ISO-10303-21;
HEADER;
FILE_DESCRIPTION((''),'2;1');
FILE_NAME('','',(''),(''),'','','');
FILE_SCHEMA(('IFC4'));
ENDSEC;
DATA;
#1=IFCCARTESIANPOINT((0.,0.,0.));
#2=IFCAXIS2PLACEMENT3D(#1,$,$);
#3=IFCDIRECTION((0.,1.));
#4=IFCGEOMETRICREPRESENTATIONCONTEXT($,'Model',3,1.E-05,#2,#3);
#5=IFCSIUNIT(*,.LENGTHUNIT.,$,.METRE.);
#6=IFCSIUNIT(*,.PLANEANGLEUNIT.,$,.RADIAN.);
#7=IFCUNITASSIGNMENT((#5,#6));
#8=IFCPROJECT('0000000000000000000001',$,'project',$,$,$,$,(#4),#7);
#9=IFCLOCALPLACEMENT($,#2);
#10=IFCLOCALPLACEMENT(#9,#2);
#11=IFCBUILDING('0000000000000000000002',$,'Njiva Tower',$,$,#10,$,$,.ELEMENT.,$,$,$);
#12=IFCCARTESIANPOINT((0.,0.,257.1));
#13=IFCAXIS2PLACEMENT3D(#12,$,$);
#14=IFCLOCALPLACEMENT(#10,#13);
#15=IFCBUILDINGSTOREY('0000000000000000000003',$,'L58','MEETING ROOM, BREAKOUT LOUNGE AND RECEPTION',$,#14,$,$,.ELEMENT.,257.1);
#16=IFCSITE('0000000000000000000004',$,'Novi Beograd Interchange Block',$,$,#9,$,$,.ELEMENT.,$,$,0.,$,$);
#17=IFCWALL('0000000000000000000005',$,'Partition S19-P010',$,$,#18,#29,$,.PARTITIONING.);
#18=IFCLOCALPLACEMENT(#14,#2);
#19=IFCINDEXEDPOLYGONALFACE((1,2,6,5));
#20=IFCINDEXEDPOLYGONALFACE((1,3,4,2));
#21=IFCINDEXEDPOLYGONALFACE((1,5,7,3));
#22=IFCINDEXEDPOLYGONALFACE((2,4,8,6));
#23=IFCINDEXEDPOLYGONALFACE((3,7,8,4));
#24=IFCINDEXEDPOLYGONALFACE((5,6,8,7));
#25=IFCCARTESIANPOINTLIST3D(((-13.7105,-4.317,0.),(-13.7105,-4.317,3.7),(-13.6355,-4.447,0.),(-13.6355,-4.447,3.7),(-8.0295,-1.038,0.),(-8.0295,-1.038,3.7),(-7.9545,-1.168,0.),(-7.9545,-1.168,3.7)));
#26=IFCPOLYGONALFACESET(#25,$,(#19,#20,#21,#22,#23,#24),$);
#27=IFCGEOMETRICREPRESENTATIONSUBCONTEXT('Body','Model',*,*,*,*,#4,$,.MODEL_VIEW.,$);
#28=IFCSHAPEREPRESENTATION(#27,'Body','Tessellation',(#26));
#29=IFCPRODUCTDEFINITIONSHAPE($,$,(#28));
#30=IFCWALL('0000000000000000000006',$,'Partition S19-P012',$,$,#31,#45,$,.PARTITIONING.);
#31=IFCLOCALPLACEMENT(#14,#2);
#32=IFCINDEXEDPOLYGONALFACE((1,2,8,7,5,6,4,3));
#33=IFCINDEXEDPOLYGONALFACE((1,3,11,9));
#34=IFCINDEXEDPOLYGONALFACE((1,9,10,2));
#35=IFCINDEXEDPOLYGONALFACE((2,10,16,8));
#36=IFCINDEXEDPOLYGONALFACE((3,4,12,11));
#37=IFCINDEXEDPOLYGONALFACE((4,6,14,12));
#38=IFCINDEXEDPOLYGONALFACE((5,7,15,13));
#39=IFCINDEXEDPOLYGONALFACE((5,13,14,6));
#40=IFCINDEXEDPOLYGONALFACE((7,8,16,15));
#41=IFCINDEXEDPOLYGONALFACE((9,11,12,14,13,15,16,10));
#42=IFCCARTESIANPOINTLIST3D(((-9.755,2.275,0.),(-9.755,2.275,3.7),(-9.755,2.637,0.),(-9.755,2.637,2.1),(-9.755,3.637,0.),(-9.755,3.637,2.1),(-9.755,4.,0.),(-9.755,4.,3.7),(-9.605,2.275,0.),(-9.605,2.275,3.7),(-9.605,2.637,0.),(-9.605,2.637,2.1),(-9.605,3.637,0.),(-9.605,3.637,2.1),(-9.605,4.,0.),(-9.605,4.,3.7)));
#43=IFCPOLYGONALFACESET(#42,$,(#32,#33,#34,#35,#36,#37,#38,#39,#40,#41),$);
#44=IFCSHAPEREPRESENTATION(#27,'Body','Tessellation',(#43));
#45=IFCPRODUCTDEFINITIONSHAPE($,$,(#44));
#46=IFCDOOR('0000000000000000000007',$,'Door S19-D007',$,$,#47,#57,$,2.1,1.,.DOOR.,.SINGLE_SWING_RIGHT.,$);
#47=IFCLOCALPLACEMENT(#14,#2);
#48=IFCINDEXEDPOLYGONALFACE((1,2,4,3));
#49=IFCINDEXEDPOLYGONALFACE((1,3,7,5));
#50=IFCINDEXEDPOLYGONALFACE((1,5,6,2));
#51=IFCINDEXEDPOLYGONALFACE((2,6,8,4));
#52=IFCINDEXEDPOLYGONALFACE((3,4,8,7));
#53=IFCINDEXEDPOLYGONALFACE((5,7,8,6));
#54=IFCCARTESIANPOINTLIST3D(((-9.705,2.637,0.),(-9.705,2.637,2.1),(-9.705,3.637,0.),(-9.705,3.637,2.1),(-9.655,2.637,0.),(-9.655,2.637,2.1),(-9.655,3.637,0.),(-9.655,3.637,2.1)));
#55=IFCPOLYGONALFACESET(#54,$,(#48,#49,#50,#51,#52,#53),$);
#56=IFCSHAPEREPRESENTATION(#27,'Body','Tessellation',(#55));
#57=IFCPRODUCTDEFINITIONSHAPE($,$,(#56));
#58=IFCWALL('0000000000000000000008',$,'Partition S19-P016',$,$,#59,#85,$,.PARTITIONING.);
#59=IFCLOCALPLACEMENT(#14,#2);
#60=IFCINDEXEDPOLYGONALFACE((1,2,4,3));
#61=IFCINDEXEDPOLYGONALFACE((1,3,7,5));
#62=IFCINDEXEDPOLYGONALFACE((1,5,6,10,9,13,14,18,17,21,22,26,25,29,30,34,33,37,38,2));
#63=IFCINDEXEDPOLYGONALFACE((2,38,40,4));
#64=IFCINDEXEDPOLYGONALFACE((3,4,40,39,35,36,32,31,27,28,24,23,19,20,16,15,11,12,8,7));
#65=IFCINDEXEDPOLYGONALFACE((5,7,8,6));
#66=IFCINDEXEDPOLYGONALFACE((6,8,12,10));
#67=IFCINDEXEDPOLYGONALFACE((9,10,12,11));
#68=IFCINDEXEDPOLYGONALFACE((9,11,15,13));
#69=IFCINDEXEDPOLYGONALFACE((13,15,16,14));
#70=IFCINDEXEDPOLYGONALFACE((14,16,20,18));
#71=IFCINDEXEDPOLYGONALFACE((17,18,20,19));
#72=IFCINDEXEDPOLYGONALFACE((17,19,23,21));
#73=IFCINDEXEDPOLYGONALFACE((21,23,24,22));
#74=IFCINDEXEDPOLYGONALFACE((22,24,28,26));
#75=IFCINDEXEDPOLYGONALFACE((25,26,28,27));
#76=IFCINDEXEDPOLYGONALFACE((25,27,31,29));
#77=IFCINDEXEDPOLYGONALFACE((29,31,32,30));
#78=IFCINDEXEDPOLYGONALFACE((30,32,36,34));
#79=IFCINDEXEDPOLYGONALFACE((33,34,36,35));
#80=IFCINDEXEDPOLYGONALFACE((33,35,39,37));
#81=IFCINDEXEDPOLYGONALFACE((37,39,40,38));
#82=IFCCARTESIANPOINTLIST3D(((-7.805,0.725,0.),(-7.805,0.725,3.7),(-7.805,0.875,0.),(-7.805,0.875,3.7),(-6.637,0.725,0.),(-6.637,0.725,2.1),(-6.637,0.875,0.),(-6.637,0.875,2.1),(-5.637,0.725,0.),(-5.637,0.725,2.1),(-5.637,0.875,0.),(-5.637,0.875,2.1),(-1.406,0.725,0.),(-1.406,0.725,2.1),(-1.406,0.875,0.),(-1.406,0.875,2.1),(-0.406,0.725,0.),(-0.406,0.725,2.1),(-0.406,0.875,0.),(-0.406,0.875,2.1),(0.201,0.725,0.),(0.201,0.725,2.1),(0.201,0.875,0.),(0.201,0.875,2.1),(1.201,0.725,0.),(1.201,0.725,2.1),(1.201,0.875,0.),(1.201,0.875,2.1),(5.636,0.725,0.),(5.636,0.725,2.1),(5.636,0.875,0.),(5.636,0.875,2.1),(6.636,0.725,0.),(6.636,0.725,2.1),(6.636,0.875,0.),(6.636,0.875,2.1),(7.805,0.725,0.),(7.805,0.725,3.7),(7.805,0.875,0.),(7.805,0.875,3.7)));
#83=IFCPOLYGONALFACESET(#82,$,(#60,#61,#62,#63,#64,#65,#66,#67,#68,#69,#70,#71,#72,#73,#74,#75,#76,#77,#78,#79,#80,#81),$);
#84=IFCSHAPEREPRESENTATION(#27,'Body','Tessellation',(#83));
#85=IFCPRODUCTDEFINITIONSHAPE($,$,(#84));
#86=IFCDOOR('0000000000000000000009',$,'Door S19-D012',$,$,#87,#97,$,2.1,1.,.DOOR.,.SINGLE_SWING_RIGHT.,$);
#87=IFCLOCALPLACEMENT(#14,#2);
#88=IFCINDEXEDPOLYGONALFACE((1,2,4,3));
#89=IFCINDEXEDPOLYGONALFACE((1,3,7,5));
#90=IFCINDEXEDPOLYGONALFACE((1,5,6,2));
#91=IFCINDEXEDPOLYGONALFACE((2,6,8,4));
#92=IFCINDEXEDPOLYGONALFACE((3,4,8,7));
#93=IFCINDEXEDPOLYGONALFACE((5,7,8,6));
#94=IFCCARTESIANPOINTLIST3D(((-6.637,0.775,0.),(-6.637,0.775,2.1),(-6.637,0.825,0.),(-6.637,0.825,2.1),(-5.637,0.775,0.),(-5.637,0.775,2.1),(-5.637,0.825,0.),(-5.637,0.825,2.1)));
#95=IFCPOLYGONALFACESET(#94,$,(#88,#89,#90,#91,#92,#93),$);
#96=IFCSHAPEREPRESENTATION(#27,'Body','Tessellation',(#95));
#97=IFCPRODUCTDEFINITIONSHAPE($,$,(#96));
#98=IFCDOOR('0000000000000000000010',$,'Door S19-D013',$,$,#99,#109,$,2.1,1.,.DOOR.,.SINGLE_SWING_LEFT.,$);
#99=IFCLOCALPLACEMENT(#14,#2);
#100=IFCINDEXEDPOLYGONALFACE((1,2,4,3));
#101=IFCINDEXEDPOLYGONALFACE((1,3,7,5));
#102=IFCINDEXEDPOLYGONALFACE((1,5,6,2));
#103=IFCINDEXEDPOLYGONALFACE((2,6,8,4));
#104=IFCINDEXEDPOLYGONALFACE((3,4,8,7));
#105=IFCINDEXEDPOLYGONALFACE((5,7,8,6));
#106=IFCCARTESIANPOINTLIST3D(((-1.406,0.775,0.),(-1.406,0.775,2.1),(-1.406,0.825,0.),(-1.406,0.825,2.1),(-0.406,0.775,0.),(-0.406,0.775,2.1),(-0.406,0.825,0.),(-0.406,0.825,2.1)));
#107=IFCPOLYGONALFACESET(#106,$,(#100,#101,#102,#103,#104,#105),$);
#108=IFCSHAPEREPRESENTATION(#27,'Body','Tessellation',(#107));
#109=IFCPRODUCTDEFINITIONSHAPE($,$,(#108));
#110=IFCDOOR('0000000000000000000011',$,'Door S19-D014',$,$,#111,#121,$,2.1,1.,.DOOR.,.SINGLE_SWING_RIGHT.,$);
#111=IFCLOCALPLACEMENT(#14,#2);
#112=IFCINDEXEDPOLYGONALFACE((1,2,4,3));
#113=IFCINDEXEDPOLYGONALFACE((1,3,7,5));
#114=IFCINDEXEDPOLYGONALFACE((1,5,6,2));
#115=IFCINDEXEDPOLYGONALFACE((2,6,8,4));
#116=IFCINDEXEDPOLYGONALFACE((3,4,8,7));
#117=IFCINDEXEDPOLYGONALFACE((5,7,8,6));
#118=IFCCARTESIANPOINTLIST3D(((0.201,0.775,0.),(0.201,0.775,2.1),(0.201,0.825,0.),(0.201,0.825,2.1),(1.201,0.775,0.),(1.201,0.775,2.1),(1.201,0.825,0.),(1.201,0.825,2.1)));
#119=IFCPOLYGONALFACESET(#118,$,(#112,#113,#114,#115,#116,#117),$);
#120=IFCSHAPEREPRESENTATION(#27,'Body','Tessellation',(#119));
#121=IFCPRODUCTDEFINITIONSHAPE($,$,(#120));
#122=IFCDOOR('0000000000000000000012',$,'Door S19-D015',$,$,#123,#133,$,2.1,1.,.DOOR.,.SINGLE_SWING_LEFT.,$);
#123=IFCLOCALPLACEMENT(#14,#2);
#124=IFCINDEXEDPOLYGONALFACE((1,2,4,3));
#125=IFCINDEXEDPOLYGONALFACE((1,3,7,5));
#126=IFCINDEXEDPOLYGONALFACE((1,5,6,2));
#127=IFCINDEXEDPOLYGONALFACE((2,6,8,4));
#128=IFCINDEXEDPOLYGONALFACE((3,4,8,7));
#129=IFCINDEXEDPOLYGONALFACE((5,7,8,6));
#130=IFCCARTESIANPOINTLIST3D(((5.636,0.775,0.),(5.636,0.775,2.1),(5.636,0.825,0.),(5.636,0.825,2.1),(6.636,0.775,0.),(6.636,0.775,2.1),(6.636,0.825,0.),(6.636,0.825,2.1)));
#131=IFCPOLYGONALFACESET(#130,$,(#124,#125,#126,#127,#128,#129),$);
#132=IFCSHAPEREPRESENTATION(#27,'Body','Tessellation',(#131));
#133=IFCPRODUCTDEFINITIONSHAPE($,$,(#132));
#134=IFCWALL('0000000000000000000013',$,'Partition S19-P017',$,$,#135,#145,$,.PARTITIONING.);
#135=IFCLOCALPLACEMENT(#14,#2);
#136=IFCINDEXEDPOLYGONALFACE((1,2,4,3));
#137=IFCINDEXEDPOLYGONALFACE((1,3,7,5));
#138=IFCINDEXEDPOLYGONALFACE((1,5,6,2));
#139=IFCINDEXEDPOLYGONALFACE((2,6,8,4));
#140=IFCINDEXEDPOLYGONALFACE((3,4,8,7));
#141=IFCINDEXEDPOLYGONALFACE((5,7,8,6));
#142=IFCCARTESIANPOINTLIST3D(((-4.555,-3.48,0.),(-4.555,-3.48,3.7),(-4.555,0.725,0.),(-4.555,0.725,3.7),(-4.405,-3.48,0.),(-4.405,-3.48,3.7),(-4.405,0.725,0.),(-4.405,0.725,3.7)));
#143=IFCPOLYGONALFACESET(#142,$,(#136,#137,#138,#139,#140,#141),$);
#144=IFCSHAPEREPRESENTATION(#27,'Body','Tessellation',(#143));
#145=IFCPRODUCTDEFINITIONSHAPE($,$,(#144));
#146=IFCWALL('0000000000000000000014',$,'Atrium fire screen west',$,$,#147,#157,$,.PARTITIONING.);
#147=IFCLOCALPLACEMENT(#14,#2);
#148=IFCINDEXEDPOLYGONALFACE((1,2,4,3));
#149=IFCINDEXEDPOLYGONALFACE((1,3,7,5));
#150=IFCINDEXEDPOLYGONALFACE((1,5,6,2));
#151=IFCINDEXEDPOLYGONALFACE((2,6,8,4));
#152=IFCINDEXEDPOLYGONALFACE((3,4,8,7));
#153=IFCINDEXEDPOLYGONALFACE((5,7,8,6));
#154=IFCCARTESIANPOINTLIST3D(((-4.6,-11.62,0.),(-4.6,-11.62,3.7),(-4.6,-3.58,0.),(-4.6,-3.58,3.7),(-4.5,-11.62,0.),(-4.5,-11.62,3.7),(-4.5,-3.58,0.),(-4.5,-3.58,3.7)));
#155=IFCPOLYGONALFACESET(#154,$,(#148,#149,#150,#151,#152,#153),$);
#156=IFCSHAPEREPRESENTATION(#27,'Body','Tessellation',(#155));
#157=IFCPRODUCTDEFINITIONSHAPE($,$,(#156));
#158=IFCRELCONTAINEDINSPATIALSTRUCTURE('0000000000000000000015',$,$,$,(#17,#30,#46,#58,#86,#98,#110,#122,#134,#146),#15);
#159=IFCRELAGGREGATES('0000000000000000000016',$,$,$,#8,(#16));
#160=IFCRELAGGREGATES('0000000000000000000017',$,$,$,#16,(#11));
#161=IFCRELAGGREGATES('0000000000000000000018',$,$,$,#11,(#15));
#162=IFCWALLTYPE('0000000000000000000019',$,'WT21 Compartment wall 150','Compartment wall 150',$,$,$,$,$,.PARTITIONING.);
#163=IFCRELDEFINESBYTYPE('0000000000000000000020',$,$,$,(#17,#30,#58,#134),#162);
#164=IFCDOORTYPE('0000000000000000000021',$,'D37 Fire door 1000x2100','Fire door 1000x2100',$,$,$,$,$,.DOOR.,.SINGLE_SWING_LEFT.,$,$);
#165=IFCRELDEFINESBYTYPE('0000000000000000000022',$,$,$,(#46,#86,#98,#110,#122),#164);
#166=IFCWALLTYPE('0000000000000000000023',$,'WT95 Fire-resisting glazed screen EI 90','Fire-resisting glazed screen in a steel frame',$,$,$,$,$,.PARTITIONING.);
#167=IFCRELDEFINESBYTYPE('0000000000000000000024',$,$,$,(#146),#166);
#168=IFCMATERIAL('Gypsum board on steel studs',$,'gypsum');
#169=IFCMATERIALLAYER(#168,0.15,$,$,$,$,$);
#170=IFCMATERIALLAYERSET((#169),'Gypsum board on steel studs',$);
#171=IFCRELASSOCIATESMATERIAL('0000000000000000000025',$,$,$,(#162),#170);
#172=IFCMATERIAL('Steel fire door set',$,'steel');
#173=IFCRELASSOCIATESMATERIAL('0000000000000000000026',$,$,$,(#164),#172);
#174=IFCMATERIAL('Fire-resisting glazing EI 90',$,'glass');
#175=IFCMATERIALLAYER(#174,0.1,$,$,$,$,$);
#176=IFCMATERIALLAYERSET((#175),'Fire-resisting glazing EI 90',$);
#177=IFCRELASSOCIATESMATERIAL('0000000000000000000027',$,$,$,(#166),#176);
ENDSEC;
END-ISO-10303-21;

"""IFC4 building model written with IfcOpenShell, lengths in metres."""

from ifc_helpers import new_model, si_unit, direction, frame, frame_2d, origin, place, context, subcontext, project, spatial, rectangle, extrude, material, layer, layer_set, type_object, element, fill, save


model = new_model("IFC4")

# Units and contexts
model_context = context("Model", 3, precision=1e-05, world=origin(), true_north=direction((0.0, 1.0)))
body_context = subcontext(model_context, "Body", "Model", "MODEL_VIEW")
ifc_project = project(units=[si_unit("LENGTHUNIT", "METRE"), si_unit("PLANEANGLEUNIT", "RADIAN")], contexts=[model_context])

# Site, building, storey
site_placement = place(None, origin())
site = spatial("IfcSite", under=ifc_project, at=site_placement, Name="Novi Beograd Interchange Block", CompositionType="ELEMENT", RefElevation=0.0)
building_placement = place(site_placement, origin())
building = spatial("IfcBuilding", under=site, at=building_placement, Name="Njiva Tower", CompositionType="ELEMENT")
storey_placement = place(building_placement, frame((0.0, 0.0, 257.1)))
storey = spatial("IfcBuildingStorey", under=building, at=storey_placement, Name="L58", Description="MEETING ROOM, BREAKOUT LOUNGE AND RECEPTION", CompositionType="ELEMENT", Elevation=257.1)

# Wall
ifc_material_1 = material(Name="Gypsum board on steel studs", Category="gypsum")
ifc_layer_1 = layer(ifc_material_1, 0.15)
ifc_layer_set_1 = layer_set([ifc_layer_1], Name="Gypsum board on steel studs")
wall_type_1 = type_object("IfcWallType", Name="WT21 Compartment wall 150", Description="Compartment wall 150", PredefinedType="PARTITIONING", material=ifc_layer_set_1)
wall_1_placement = place(storey_placement, frame((-13.673, -4.382, 0.0), z_axis=(0.0, 0.0, 1.0), x_axis=(0.866087, 0.499894, 0.0)))
element("IfcWall", 1, at=wall_1_placement, inside=storey, type_object=wall_type_1, Name="Partition S19-P010", PredefinedType="PARTITIONING", context=body_context, shape_type="SweptSolid", body=[
    extrude(rectangle(XDim=6.5594, YDim=0.15, at=frame_2d((3.2797, 0.0))), origin(), (0.0, 0.0, 1.0), 3.7),
])

# Wall, opening, door
wall_2_placement = place(storey_placement, frame((-9.68, 2.275, 0.0), z_axis=(0.0, 0.0, 1.0), x_axis=(0.0, 1.0, 0.0)))
wall_2 = element("IfcWall", 2, at=wall_2_placement, inside=storey, type_object=wall_type_1, Name="Partition S19-P012", PredefinedType="PARTITIONING", context=body_context, shape_type="SweptSolid", body=[
    extrude(rectangle(XDim=1.725, YDim=0.15, at=frame_2d((0.8625, 0.0))), origin(), (0.0, 0.0, 1.0), 3.7),
])
opening_1_placement = place(wall_2_placement, frame((0.362, 0.0, 0.0)))
opening_1 = element("IfcOpeningElement", 3, at=opening_1_placement, cuts=wall_2, PredefinedType="OPENING", context=body_context, shape_type="SweptSolid", body=[
    extrude(rectangle(XDim=1.0, YDim=2.1, at=frame_2d((0.5, 1.05))), frame((0.0, 0.085, 0.0), z_axis=(0.0, -1.0, 0.0), x_axis=(1.0, 0.0, 0.0)), (0.0, 0.0, 1.0), 0.17),
])
ifc_material_2 = material(Name="Steel fire door set", Category="steel")
door_type = type_object("IfcDoorType", Name="D37 Fire door 1000x2100", Description="Fire door 1000x2100", OperationType="SINGLE_SWING_LEFT", PredefinedType="DOOR", material=ifc_material_2)
door_1_placement = place(opening_1_placement, origin())
door_1 = element("IfcDoor", 4, at=door_1_placement, inside=storey, type_object=door_type, Name="Door S19-D007", OperationType="SINGLE_SWING_RIGHT", OverallHeight=2.1, OverallWidth=1.0, PredefinedType="DOOR", context=body_context, shape_type="SweptSolid", body=[
    extrude(rectangle(XDim=1.0, YDim=2.1, at=frame_2d((0.5, 1.05))), frame((0.0, 0.025, 0.0), z_axis=(0.0, -1.0, 0.0), x_axis=(1.0, 0.0, 0.0)), (0.0, 0.0, 1.0), 0.05),
])
fill(opening_1, door_1)

# Wall, openings, doors
wall_3_placement = place(storey_placement, frame((-7.805, 0.8, 0.0), z_axis=(0.0, 0.0, 1.0), x_axis=(1.0, 0.0, 0.0)))
wall_3 = element("IfcWall", 5, at=wall_3_placement, inside=storey, type_object=wall_type_1, Name="Partition S19-P016", PredefinedType="PARTITIONING", context=body_context, shape_type="SweptSolid", body=[
    extrude(rectangle(XDim=15.61, YDim=0.15, at=frame_2d((7.805, 0.0))), origin(), (0.0, 0.0, 1.0), 3.7),
])
opening_2_placement = place(wall_3_placement, frame((1.168, 0.0, 0.0)))
opening_2 = element("IfcOpeningElement", 6, at=opening_2_placement, cuts=wall_3, PredefinedType="OPENING", context=body_context, shape_type="SweptSolid", body=[
    extrude(rectangle(XDim=1.0, YDim=2.1, at=frame_2d((0.5, 1.05))), frame((0.0, 0.085, 0.0), z_axis=(0.0, -1.0, 0.0), x_axis=(1.0, 0.0, 0.0)), (0.0, 0.0, 1.0), 0.17),
])
opening_3_placement = place(wall_3_placement, frame((6.399, 0.0, 0.0)))
opening_3 = element("IfcOpeningElement", 7, at=opening_3_placement, cuts=wall_3, PredefinedType="OPENING", context=body_context, shape_type="SweptSolid", body=[
    extrude(rectangle(XDim=1.0, YDim=2.1, at=frame_2d((0.5, 1.05))), frame((0.0, 0.085, 0.0), z_axis=(0.0, -1.0, 0.0), x_axis=(1.0, 0.0, 0.0)), (0.0, 0.0, 1.0), 0.17),
])
opening_4_placement = place(wall_3_placement, frame((8.006, 0.0, 0.0)))
opening_4 = element("IfcOpeningElement", 8, at=opening_4_placement, cuts=wall_3, PredefinedType="OPENING", context=body_context, shape_type="SweptSolid", body=[
    extrude(rectangle(XDim=1.0, YDim=2.1, at=frame_2d((0.5, 1.05))), frame((0.0, 0.085, 0.0), z_axis=(0.0, -1.0, 0.0), x_axis=(1.0, 0.0, 0.0)), (0.0, 0.0, 1.0), 0.17),
])
opening_5_placement = place(wall_3_placement, frame((13.441, 0.0, 0.0)))
opening_5 = element("IfcOpeningElement", 9, at=opening_5_placement, cuts=wall_3, PredefinedType="OPENING", context=body_context, shape_type="SweptSolid", body=[
    extrude(rectangle(XDim=1.0, YDim=2.1, at=frame_2d((0.5, 1.05))), frame((0.0, 0.085, 0.0), z_axis=(0.0, -1.0, 0.0), x_axis=(1.0, 0.0, 0.0)), (0.0, 0.0, 1.0), 0.17),
])
door_2_placement = place(opening_2_placement, origin())
door_2 = element("IfcDoor", 10, at=door_2_placement, inside=storey, type_object=door_type, Name="Door S19-D012", OperationType="SINGLE_SWING_RIGHT", OverallHeight=2.1, OverallWidth=1.0, PredefinedType="DOOR", context=body_context, shape_type="SweptSolid", body=[
    extrude(rectangle(XDim=1.0, YDim=2.1, at=frame_2d((0.5, 1.05))), frame((0.0, 0.025, 0.0), z_axis=(0.0, -1.0, 0.0), x_axis=(1.0, 0.0, 0.0)), (0.0, 0.0, 1.0), 0.05),
])
fill(opening_2, door_2)
door_3_placement = place(opening_3_placement, origin())
door_3 = element("IfcDoor", 11, at=door_3_placement, inside=storey, type_object=door_type, Name="Door S19-D013", OperationType="SINGLE_SWING_LEFT", OverallHeight=2.1, OverallWidth=1.0, PredefinedType="DOOR", context=body_context, shape_type="SweptSolid", body=[
    extrude(rectangle(XDim=1.0, YDim=2.1, at=frame_2d((0.5, 1.05))), frame((0.0, 0.025, 0.0), z_axis=(0.0, -1.0, 0.0), x_axis=(1.0, 0.0, 0.0)), (0.0, 0.0, 1.0), 0.05),
])
fill(opening_3, door_3)
door_4_placement = place(opening_4_placement, origin())
door_4 = element("IfcDoor", 12, at=door_4_placement, inside=storey, type_object=door_type, Name="Door S19-D014", OperationType="SINGLE_SWING_RIGHT", OverallHeight=2.1, OverallWidth=1.0, PredefinedType="DOOR", context=body_context, shape_type="SweptSolid", body=[
    extrude(rectangle(XDim=1.0, YDim=2.1, at=frame_2d((0.5, 1.05))), frame((0.0, 0.025, 0.0), z_axis=(0.0, -1.0, 0.0), x_axis=(1.0, 0.0, 0.0)), (0.0, 0.0, 1.0), 0.05),
])
fill(opening_4, door_4)
door_5_placement = place(opening_5_placement, origin())
door_5 = element("IfcDoor", 13, at=door_5_placement, inside=storey, type_object=door_type, Name="Door S19-D015", OperationType="SINGLE_SWING_LEFT", OverallHeight=2.1, OverallWidth=1.0, PredefinedType="DOOR", context=body_context, shape_type="SweptSolid", body=[
    extrude(rectangle(XDim=1.0, YDim=2.1, at=frame_2d((0.5, 1.05))), frame((0.0, 0.025, 0.0), z_axis=(0.0, -1.0, 0.0), x_axis=(1.0, 0.0, 0.0)), (0.0, 0.0, 1.0), 0.05),
])
fill(opening_5, door_5)

# Walls
wall_4_placement = place(storey_placement, frame((-4.48, -3.48, 0.0), z_axis=(0.0, 0.0, 1.0), x_axis=(0.0, 1.0, 0.0)))
element("IfcWall", 14, at=wall_4_placement, inside=storey, type_object=wall_type_1, Name="Partition S19-P017", PredefinedType="PARTITIONING", context=body_context, shape_type="SweptSolid", body=[
    extrude(rectangle(XDim=4.205, YDim=0.15, at=frame_2d((2.1025, 0.0))), origin(), (0.0, 0.0, 1.0), 3.7),
])
ifc_material_3 = material(Name="Fire-resisting glazing EI 90", Category="glass")
ifc_layer_2 = layer(ifc_material_3, 0.1)
ifc_layer_set_2 = layer_set([ifc_layer_2], Name="Fire-resisting glazing EI 90")
wall_type_2 = type_object("IfcWallType", Name="WT95 Fire-resisting glazed screen EI 90", Description="Fire-resisting glazed screen in a steel frame", PredefinedType="PARTITIONING", material=ifc_layer_set_2)
wall_5_placement = place(storey_placement, frame((-4.55, -3.58, 0.0), z_axis=(0.0, 0.0, 1.0), x_axis=(0.0, -1.0, 0.0)))
element("IfcWall", 15, at=wall_5_placement, inside=storey, type_object=wall_type_2, Name="Atrium fire screen west", PredefinedType="PARTITIONING", context=body_context, shape_type="SweptSolid", body=[
    extrude(rectangle(XDim=8.04, YDim=0.1, at=frame_2d((4.02, 0.0))), origin(), (0.0, 0.0, 1.0), 3.7),
])

save(model, "model.ifc")
